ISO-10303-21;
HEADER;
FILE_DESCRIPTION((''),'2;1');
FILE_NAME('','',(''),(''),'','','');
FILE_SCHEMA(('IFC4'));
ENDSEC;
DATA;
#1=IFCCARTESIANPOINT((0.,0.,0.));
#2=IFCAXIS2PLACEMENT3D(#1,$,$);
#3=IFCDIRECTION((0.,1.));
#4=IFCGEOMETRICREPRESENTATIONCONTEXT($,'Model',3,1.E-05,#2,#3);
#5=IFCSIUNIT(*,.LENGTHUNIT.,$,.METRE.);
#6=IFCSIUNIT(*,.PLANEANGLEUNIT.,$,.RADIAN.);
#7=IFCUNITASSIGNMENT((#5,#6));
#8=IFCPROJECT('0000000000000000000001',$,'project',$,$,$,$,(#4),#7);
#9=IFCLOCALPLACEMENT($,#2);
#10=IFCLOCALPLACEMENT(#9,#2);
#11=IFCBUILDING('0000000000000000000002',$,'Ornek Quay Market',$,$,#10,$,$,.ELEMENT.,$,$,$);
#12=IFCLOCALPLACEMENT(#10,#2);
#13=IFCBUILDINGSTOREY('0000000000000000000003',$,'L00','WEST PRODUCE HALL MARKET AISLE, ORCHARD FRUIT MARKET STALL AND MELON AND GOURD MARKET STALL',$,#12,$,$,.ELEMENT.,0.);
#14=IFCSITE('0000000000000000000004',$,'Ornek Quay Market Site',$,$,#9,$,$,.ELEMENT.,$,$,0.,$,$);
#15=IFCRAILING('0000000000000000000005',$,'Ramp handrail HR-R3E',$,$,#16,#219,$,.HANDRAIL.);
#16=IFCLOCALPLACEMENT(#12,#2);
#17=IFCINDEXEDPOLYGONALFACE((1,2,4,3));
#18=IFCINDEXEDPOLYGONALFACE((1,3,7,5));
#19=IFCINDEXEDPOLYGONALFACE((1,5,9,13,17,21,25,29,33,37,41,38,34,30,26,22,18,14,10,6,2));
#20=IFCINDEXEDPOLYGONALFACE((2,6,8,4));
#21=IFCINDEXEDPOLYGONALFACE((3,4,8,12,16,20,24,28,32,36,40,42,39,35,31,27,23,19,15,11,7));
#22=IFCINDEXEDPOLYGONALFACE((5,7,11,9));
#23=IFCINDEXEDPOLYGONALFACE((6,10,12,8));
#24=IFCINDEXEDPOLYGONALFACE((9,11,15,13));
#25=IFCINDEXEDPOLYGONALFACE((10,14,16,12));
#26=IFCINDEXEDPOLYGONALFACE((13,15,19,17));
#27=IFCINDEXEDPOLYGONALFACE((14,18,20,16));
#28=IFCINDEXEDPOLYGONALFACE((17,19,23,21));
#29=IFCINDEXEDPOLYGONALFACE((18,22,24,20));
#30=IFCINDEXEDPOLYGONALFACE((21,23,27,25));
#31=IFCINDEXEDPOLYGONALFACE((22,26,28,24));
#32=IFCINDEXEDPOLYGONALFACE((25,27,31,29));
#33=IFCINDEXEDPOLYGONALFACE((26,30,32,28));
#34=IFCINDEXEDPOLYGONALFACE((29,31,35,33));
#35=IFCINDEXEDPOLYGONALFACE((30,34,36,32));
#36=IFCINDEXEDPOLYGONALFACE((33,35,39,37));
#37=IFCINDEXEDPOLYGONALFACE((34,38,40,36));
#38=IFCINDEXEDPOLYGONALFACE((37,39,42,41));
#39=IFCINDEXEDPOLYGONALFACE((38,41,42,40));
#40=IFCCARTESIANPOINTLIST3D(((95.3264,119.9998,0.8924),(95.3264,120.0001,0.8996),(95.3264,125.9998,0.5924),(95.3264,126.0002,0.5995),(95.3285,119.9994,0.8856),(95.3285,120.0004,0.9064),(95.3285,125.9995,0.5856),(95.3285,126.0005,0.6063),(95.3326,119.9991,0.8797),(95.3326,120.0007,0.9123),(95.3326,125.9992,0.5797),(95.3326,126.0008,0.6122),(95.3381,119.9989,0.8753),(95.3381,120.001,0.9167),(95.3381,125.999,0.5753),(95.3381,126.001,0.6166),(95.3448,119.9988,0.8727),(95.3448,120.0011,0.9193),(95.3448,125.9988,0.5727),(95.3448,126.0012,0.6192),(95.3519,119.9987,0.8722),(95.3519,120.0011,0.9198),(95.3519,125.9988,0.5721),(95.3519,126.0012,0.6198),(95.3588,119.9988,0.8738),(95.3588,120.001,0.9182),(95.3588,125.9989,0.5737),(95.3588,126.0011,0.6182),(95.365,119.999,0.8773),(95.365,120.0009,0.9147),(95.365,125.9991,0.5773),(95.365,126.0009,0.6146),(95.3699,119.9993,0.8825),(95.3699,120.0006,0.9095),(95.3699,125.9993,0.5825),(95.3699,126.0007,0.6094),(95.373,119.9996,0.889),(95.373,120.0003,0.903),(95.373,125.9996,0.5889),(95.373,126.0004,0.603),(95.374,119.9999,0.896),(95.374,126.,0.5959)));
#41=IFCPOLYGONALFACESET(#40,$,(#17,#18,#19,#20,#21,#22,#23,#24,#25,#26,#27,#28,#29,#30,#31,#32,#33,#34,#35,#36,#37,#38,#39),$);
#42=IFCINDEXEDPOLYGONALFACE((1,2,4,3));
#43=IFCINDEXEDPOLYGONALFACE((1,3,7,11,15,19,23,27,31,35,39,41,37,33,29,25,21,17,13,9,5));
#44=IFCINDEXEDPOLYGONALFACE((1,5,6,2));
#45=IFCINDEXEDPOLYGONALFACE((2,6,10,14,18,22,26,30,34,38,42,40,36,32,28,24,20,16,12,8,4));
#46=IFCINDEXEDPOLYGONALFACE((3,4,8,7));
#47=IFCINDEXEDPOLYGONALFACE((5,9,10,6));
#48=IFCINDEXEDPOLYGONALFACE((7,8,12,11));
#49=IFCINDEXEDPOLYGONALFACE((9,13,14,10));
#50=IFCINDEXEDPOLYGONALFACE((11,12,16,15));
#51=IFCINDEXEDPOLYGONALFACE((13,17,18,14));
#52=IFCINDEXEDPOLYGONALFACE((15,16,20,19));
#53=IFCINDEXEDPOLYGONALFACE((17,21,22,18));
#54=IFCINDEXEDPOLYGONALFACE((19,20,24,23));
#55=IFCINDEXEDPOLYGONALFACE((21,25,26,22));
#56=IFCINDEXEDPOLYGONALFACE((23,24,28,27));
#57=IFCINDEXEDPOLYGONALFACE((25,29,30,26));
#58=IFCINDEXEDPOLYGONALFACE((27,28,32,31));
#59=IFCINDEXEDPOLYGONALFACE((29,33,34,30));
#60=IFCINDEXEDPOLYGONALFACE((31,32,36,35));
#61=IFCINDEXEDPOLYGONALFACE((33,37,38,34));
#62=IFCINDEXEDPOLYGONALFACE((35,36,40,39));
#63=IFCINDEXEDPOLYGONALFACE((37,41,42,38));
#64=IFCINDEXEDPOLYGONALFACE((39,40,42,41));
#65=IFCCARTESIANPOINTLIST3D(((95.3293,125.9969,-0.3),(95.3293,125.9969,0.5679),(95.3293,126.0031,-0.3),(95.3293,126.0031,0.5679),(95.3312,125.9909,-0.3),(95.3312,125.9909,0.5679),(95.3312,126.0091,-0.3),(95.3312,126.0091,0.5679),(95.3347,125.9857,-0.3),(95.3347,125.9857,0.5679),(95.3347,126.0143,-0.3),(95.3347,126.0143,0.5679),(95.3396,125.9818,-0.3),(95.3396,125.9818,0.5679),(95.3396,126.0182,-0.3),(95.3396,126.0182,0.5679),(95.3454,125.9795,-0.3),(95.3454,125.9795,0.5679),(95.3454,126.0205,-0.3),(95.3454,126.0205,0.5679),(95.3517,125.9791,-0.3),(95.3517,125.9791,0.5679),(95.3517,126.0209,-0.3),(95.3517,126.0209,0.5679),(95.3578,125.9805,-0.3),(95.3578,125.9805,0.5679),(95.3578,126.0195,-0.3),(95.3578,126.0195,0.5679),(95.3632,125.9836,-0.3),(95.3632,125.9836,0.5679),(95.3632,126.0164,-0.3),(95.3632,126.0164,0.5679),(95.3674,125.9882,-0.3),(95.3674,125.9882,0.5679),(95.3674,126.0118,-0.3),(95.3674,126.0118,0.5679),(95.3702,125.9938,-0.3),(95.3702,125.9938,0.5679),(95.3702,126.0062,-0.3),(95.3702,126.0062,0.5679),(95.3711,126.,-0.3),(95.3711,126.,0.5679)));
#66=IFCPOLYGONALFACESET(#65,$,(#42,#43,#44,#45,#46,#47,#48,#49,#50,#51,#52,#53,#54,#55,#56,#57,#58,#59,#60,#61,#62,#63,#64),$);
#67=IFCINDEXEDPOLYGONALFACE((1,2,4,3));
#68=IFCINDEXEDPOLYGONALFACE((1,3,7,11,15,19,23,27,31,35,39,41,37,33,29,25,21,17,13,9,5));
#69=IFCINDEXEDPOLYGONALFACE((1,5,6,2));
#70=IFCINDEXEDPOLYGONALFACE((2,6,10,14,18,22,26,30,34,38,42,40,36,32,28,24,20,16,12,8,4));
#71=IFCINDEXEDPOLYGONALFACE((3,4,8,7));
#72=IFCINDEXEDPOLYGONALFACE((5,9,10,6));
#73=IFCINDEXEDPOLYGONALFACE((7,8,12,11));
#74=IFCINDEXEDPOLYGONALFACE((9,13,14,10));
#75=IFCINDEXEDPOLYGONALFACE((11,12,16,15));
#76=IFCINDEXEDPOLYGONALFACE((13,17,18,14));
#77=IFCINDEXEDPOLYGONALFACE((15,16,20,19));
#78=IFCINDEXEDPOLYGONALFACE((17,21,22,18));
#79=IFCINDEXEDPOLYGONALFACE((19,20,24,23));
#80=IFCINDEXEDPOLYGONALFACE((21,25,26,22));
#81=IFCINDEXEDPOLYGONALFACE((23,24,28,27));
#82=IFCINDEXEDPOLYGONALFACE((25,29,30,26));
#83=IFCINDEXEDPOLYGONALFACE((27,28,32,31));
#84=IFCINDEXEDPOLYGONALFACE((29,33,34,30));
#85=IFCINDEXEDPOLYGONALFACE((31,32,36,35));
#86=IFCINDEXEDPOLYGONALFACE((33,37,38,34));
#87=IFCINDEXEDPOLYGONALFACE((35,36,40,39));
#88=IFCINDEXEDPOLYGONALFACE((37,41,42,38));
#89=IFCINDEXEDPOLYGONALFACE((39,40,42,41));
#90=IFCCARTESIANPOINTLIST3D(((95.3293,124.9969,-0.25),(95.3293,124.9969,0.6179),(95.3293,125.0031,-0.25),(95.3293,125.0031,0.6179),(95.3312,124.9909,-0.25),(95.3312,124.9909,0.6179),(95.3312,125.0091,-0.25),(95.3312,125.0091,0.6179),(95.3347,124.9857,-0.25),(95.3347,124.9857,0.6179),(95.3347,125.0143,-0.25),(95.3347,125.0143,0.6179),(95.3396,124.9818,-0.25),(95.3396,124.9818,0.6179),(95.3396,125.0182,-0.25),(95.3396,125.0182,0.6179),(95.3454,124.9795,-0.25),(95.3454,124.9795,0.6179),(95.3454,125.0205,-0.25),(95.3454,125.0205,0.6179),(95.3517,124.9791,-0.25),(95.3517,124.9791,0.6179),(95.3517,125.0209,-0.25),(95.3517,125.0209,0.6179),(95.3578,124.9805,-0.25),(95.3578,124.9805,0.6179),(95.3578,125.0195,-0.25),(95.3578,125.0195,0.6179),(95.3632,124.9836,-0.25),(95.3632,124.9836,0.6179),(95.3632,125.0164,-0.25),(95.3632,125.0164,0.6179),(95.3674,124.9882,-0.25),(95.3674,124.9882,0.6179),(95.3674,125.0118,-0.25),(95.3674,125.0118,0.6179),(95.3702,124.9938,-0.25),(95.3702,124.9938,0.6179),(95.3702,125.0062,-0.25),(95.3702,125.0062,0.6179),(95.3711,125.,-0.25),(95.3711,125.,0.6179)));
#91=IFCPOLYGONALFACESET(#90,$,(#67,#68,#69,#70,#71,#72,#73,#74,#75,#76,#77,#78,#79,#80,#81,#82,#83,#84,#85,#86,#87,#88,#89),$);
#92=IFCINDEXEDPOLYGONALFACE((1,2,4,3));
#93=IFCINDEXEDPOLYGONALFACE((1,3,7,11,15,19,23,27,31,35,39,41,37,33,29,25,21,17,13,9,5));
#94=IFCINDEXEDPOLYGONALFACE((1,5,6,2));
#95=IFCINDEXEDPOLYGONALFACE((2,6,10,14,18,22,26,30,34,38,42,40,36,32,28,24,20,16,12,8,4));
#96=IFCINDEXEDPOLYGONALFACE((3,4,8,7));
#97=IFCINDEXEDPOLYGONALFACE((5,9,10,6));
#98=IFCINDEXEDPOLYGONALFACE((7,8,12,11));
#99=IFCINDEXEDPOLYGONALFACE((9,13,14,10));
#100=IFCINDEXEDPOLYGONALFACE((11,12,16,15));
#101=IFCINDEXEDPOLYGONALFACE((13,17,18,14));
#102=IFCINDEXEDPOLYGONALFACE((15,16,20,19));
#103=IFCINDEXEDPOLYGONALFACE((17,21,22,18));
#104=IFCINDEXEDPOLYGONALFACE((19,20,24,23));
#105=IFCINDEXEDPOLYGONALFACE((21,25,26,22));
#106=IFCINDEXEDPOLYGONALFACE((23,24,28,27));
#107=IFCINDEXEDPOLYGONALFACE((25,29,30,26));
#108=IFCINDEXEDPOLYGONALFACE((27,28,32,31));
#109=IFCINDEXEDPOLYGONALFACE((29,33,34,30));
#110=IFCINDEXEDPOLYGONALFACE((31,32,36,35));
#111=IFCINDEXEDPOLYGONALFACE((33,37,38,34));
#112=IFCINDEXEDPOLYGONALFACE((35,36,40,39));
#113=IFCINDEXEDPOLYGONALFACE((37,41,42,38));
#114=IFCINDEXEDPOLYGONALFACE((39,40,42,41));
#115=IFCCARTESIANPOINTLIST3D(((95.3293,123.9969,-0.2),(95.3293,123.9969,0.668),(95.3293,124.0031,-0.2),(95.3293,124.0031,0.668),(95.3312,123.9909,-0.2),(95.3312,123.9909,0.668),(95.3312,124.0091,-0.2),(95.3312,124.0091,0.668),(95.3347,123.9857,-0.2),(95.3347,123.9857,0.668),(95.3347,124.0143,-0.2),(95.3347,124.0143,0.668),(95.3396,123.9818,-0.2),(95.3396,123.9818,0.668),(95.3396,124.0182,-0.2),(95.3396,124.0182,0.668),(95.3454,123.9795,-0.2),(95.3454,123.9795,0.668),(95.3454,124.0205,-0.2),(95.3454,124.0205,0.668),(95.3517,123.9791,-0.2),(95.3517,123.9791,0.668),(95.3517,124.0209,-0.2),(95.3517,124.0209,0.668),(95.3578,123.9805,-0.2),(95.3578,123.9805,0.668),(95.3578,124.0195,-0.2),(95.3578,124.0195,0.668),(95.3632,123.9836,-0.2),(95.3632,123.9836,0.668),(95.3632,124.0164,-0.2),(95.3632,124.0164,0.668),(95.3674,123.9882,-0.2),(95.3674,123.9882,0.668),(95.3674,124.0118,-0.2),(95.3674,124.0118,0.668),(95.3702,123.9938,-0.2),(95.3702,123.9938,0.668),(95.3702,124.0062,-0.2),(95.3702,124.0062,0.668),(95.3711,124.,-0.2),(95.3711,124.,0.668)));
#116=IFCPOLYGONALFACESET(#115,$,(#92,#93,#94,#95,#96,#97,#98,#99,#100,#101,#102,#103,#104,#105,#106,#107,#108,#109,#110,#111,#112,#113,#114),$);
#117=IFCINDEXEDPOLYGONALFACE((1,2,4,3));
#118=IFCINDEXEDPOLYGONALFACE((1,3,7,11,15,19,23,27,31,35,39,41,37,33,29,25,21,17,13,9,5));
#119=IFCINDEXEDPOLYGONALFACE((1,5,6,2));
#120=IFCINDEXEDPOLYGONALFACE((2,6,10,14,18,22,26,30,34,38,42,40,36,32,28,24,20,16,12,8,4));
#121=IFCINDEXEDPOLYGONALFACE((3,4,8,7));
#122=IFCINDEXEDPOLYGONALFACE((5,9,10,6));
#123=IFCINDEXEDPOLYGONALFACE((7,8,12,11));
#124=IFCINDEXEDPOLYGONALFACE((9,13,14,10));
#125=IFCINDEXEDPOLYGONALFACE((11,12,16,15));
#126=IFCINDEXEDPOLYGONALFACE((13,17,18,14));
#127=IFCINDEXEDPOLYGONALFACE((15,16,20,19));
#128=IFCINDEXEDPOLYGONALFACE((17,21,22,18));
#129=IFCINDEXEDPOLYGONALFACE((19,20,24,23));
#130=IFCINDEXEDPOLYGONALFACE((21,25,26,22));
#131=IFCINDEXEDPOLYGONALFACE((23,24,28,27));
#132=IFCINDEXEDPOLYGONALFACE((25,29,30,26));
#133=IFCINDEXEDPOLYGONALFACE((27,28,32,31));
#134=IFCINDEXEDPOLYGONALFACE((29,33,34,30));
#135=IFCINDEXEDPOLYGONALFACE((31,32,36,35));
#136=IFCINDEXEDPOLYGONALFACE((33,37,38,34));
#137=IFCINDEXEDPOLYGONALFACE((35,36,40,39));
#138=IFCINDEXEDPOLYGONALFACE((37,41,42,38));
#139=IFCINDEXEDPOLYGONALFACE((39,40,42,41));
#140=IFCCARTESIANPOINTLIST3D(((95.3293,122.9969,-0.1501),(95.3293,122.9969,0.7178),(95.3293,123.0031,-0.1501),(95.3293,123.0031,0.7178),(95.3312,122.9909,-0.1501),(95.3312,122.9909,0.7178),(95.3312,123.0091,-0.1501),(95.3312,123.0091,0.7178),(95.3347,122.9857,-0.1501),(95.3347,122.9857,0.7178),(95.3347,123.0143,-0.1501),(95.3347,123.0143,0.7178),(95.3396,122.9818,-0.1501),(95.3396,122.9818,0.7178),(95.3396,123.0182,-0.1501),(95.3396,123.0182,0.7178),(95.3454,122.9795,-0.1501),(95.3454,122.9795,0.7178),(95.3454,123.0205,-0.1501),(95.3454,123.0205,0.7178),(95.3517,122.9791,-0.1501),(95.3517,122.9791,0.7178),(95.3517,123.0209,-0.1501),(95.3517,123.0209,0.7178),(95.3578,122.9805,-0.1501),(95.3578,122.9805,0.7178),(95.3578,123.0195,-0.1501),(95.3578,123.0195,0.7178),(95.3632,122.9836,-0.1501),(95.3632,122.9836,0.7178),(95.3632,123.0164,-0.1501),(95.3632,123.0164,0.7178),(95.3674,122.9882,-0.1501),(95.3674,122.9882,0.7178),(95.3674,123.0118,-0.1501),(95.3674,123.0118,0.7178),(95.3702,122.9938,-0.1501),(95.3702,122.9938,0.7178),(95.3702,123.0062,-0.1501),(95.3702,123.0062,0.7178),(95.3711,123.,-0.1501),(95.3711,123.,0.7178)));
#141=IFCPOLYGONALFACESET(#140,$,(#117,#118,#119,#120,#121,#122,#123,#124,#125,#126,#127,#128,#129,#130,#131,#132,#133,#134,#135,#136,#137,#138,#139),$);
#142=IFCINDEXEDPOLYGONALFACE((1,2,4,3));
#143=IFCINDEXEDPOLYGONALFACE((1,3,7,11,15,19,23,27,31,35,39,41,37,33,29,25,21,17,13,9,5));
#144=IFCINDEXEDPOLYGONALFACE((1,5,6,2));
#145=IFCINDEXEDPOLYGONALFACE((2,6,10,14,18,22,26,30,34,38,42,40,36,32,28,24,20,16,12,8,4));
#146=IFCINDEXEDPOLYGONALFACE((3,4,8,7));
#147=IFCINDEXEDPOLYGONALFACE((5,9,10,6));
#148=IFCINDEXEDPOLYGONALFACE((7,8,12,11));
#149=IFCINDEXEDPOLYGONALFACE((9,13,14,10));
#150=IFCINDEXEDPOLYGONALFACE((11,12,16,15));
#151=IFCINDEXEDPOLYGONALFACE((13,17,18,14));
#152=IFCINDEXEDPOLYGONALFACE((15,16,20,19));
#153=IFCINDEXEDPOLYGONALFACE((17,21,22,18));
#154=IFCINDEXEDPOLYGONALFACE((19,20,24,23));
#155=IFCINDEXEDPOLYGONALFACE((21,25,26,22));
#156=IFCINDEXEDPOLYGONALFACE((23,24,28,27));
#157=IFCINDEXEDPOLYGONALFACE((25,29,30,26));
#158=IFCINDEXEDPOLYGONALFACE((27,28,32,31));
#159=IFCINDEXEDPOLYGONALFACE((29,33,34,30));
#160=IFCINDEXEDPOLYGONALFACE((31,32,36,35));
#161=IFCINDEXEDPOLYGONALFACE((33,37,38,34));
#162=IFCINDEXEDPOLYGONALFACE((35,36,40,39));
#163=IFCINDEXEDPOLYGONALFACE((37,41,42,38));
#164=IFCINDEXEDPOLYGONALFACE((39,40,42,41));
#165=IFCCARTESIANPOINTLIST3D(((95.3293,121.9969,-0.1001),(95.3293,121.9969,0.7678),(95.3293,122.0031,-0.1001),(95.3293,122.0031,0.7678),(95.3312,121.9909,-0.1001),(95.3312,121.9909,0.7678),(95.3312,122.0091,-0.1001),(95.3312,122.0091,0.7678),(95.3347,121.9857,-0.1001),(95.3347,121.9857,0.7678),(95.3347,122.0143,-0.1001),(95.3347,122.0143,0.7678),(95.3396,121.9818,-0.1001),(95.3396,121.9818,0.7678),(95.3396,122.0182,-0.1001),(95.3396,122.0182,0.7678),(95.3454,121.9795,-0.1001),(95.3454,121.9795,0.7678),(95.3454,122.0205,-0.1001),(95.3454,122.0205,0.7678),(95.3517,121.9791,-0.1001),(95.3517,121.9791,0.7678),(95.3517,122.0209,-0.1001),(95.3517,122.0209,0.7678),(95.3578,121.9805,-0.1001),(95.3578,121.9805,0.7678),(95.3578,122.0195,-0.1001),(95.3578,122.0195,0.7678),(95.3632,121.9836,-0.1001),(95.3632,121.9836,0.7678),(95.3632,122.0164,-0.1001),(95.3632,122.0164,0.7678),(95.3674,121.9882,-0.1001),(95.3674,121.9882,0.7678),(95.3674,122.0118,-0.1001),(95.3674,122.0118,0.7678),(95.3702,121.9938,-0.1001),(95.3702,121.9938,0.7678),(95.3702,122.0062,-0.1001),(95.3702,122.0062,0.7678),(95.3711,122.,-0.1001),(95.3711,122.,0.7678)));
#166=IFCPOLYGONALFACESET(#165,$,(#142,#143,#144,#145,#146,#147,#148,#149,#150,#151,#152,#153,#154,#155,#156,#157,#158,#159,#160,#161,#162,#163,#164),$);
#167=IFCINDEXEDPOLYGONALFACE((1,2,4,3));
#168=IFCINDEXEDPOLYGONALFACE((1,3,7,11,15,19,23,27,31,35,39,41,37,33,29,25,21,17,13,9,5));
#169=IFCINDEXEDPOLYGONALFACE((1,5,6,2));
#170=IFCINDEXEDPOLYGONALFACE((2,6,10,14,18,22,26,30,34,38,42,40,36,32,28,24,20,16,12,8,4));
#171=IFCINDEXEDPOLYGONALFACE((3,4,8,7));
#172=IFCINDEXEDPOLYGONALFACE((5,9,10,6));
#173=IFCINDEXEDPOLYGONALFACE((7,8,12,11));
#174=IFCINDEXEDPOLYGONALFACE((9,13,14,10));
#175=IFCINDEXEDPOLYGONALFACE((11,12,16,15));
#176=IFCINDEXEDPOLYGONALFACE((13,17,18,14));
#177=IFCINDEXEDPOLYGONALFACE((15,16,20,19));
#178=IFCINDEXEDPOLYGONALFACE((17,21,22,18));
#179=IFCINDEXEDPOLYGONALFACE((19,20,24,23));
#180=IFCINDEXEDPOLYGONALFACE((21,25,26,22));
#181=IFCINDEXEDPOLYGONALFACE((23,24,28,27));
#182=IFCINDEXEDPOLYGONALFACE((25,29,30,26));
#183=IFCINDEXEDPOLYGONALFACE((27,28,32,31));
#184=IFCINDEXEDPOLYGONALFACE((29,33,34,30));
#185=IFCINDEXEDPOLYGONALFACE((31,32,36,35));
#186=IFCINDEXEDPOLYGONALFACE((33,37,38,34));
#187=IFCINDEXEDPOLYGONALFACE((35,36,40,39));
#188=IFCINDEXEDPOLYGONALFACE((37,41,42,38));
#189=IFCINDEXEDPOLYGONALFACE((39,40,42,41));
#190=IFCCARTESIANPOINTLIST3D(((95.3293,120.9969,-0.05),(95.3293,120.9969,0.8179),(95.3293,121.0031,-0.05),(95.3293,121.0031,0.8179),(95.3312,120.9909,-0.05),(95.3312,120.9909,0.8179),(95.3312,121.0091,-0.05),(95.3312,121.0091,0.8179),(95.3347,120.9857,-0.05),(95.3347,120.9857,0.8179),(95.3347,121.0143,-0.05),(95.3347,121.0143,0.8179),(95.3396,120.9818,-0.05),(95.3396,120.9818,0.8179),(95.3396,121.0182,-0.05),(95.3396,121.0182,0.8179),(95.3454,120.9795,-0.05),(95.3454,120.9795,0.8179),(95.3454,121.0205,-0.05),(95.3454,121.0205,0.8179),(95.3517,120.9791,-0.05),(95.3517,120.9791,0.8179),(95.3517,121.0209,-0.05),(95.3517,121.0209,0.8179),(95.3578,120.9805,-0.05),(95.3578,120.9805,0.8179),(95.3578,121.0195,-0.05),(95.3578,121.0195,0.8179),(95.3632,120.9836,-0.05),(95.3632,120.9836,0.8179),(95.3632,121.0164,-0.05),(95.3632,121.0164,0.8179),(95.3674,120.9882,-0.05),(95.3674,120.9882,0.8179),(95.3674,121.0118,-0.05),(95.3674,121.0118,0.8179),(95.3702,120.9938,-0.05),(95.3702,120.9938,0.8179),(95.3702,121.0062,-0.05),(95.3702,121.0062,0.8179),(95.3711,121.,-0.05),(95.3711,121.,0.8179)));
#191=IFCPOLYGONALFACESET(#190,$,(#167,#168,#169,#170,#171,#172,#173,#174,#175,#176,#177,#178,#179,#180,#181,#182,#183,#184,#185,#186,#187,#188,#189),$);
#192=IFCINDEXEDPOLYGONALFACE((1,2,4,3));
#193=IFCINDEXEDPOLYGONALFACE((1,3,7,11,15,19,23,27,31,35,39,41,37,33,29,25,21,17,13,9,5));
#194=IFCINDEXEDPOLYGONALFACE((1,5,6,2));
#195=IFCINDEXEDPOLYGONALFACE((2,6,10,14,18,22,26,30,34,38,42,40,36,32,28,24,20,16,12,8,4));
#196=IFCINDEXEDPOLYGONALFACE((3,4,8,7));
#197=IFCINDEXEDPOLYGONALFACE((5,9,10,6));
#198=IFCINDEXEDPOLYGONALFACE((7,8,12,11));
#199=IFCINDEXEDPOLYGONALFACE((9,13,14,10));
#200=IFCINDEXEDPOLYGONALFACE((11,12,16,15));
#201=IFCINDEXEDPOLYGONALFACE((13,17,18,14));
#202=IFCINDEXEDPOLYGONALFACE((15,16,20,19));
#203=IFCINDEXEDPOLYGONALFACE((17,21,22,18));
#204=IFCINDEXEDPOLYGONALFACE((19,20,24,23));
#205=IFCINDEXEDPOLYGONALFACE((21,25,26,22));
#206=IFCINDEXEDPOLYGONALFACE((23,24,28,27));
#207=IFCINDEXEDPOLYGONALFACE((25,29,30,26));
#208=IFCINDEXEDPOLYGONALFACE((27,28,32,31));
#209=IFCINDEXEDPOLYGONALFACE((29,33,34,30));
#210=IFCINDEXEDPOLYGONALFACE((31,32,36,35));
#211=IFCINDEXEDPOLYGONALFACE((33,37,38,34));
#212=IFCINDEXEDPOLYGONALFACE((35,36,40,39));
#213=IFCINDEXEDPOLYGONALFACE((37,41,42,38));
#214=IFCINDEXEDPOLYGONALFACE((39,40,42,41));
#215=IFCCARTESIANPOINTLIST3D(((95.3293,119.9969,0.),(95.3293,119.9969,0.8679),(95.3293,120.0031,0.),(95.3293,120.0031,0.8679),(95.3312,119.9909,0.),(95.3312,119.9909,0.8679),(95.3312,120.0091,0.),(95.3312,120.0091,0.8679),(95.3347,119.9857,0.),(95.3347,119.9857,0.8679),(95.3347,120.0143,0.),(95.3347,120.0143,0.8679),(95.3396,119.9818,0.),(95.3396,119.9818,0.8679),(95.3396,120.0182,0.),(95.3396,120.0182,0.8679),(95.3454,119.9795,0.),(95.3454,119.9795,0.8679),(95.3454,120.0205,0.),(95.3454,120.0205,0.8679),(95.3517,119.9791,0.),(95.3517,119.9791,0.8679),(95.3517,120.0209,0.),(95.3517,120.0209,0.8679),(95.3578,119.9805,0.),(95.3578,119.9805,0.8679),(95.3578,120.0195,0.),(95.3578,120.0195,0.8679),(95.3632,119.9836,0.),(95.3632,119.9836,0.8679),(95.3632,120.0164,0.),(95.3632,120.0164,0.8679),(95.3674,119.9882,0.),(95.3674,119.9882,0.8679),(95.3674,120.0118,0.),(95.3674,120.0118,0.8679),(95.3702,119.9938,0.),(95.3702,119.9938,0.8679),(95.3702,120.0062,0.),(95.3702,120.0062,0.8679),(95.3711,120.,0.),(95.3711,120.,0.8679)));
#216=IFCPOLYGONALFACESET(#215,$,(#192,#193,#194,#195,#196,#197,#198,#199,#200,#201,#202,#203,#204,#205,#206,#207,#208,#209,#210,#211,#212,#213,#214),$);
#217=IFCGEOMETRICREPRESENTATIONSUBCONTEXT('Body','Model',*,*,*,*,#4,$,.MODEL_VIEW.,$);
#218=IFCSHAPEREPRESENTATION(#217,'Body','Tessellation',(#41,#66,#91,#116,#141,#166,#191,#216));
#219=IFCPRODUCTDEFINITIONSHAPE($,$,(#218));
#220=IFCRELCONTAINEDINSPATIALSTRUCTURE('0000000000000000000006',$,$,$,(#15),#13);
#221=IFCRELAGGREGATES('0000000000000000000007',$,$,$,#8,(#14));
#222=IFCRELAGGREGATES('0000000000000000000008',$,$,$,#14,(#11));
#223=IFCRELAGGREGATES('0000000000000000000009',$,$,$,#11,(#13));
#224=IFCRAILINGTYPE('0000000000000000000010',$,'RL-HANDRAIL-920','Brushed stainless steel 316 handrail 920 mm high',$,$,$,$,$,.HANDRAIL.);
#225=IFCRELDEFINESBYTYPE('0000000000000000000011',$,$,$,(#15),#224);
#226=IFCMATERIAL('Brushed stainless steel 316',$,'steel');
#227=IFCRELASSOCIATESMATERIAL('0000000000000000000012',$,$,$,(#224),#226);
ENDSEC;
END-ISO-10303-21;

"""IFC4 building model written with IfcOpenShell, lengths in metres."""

from ifc_helpers import new_model, si_unit, direction, frame, origin, origin_2d, place, context, subcontext, project, spatial, circle, extrude, material, type_object, element, save


model = new_model("IFC4")

# Units and contexts
model_context = context("Model", 3, precision=1e-05, world=origin(), true_north=direction((0.0, 1.0)))
body_context = subcontext(model_context, "Body", "Model", "MODEL_VIEW")
ifc_project = project(units=[si_unit("LENGTHUNIT", "METRE"), si_unit("PLANEANGLEUNIT", "RADIAN")], contexts=[model_context])

# Site, building, storey
site_placement = place(None, origin())
site = spatial("IfcSite", under=ifc_project, at=site_placement, Name="Ornek Quay Market Site", CompositionType="ELEMENT", RefElevation=0.0)
building_placement = place(site_placement, origin())
building = spatial("IfcBuilding", under=site, at=building_placement, Name="Ornek Quay Market", CompositionType="ELEMENT")
storey_placement = place(building_placement, origin())
storey = spatial("IfcBuildingStorey", under=building, at=storey_placement, Name="L00", Description="WEST PRODUCE HALL MARKET AISLE, ORCHARD FRUIT MARKET STALL AND MELON AND GOURD MARKET STALL", CompositionType="ELEMENT", Elevation=0.0)

# Railing
ifc_material_1 = material(Name="Brushed stainless steel 316", Category="steel")
railing_type = type_object("IfcRailingType", Name="RL-HANDRAIL-920", Description="Brushed stainless steel 316 handrail 920 mm high", PredefinedType="HANDRAIL", material=ifc_material_1)
for number, where, name in (
    (1, (95.3501, 126.0, -0.3), "Ramp handrail HR-R3E"),
):
    element("IfcRailing", number, at=place(storey_placement, frame(where)), inside=storey, type_object=railing_type, Name=name, PredefinedType="HANDRAIL", context=body_context, shape_type="SweptSolid", body=[
        extrude(circle(Radius=0.0239, at=origin_2d()), frame((0.0, 0.0, 0.896), z_axis=(0.0, -0.998752, 0.049946), x_axis=(1.0, 0.0, 0.0)), (0.0, 0.0, 1.0), 6.0076),
        extrude(circle(Radius=0.021, at=origin_2d()), origin(), (0.0, 0.0, 1.0), 0.8679),
        extrude(circle(Radius=0.021, at=origin_2d()), frame((0.0, -1.0, 0.05)), (0.0, 0.0, 1.0), 0.8679),
        extrude(circle(Radius=0.021, at=origin_2d()), frame((0.0, -2.0, 0.1001)), (0.0, 0.0, 1.0), 0.8679),
        extrude(circle(Radius=0.021, at=origin_2d()), frame((0.0, -3.0, 0.1499)), (0.0, 0.0, 1.0), 0.8679),
        extrude(circle(Radius=0.021, at=origin_2d()), frame((0.0, -4.0, 0.2)), (0.0, 0.0, 1.0), 0.8679),
        extrude(circle(Radius=0.021, at=origin_2d()), frame((0.0, -5.0, 0.25)), (0.0, 0.0, 1.0), 0.8679),
        extrude(circle(Radius=0.021, at=origin_2d()), frame((0.0, -6.0, 0.3)), (0.0, 0.0, 1.0), 0.8679),
    ])

save(model, "model.ifc")
